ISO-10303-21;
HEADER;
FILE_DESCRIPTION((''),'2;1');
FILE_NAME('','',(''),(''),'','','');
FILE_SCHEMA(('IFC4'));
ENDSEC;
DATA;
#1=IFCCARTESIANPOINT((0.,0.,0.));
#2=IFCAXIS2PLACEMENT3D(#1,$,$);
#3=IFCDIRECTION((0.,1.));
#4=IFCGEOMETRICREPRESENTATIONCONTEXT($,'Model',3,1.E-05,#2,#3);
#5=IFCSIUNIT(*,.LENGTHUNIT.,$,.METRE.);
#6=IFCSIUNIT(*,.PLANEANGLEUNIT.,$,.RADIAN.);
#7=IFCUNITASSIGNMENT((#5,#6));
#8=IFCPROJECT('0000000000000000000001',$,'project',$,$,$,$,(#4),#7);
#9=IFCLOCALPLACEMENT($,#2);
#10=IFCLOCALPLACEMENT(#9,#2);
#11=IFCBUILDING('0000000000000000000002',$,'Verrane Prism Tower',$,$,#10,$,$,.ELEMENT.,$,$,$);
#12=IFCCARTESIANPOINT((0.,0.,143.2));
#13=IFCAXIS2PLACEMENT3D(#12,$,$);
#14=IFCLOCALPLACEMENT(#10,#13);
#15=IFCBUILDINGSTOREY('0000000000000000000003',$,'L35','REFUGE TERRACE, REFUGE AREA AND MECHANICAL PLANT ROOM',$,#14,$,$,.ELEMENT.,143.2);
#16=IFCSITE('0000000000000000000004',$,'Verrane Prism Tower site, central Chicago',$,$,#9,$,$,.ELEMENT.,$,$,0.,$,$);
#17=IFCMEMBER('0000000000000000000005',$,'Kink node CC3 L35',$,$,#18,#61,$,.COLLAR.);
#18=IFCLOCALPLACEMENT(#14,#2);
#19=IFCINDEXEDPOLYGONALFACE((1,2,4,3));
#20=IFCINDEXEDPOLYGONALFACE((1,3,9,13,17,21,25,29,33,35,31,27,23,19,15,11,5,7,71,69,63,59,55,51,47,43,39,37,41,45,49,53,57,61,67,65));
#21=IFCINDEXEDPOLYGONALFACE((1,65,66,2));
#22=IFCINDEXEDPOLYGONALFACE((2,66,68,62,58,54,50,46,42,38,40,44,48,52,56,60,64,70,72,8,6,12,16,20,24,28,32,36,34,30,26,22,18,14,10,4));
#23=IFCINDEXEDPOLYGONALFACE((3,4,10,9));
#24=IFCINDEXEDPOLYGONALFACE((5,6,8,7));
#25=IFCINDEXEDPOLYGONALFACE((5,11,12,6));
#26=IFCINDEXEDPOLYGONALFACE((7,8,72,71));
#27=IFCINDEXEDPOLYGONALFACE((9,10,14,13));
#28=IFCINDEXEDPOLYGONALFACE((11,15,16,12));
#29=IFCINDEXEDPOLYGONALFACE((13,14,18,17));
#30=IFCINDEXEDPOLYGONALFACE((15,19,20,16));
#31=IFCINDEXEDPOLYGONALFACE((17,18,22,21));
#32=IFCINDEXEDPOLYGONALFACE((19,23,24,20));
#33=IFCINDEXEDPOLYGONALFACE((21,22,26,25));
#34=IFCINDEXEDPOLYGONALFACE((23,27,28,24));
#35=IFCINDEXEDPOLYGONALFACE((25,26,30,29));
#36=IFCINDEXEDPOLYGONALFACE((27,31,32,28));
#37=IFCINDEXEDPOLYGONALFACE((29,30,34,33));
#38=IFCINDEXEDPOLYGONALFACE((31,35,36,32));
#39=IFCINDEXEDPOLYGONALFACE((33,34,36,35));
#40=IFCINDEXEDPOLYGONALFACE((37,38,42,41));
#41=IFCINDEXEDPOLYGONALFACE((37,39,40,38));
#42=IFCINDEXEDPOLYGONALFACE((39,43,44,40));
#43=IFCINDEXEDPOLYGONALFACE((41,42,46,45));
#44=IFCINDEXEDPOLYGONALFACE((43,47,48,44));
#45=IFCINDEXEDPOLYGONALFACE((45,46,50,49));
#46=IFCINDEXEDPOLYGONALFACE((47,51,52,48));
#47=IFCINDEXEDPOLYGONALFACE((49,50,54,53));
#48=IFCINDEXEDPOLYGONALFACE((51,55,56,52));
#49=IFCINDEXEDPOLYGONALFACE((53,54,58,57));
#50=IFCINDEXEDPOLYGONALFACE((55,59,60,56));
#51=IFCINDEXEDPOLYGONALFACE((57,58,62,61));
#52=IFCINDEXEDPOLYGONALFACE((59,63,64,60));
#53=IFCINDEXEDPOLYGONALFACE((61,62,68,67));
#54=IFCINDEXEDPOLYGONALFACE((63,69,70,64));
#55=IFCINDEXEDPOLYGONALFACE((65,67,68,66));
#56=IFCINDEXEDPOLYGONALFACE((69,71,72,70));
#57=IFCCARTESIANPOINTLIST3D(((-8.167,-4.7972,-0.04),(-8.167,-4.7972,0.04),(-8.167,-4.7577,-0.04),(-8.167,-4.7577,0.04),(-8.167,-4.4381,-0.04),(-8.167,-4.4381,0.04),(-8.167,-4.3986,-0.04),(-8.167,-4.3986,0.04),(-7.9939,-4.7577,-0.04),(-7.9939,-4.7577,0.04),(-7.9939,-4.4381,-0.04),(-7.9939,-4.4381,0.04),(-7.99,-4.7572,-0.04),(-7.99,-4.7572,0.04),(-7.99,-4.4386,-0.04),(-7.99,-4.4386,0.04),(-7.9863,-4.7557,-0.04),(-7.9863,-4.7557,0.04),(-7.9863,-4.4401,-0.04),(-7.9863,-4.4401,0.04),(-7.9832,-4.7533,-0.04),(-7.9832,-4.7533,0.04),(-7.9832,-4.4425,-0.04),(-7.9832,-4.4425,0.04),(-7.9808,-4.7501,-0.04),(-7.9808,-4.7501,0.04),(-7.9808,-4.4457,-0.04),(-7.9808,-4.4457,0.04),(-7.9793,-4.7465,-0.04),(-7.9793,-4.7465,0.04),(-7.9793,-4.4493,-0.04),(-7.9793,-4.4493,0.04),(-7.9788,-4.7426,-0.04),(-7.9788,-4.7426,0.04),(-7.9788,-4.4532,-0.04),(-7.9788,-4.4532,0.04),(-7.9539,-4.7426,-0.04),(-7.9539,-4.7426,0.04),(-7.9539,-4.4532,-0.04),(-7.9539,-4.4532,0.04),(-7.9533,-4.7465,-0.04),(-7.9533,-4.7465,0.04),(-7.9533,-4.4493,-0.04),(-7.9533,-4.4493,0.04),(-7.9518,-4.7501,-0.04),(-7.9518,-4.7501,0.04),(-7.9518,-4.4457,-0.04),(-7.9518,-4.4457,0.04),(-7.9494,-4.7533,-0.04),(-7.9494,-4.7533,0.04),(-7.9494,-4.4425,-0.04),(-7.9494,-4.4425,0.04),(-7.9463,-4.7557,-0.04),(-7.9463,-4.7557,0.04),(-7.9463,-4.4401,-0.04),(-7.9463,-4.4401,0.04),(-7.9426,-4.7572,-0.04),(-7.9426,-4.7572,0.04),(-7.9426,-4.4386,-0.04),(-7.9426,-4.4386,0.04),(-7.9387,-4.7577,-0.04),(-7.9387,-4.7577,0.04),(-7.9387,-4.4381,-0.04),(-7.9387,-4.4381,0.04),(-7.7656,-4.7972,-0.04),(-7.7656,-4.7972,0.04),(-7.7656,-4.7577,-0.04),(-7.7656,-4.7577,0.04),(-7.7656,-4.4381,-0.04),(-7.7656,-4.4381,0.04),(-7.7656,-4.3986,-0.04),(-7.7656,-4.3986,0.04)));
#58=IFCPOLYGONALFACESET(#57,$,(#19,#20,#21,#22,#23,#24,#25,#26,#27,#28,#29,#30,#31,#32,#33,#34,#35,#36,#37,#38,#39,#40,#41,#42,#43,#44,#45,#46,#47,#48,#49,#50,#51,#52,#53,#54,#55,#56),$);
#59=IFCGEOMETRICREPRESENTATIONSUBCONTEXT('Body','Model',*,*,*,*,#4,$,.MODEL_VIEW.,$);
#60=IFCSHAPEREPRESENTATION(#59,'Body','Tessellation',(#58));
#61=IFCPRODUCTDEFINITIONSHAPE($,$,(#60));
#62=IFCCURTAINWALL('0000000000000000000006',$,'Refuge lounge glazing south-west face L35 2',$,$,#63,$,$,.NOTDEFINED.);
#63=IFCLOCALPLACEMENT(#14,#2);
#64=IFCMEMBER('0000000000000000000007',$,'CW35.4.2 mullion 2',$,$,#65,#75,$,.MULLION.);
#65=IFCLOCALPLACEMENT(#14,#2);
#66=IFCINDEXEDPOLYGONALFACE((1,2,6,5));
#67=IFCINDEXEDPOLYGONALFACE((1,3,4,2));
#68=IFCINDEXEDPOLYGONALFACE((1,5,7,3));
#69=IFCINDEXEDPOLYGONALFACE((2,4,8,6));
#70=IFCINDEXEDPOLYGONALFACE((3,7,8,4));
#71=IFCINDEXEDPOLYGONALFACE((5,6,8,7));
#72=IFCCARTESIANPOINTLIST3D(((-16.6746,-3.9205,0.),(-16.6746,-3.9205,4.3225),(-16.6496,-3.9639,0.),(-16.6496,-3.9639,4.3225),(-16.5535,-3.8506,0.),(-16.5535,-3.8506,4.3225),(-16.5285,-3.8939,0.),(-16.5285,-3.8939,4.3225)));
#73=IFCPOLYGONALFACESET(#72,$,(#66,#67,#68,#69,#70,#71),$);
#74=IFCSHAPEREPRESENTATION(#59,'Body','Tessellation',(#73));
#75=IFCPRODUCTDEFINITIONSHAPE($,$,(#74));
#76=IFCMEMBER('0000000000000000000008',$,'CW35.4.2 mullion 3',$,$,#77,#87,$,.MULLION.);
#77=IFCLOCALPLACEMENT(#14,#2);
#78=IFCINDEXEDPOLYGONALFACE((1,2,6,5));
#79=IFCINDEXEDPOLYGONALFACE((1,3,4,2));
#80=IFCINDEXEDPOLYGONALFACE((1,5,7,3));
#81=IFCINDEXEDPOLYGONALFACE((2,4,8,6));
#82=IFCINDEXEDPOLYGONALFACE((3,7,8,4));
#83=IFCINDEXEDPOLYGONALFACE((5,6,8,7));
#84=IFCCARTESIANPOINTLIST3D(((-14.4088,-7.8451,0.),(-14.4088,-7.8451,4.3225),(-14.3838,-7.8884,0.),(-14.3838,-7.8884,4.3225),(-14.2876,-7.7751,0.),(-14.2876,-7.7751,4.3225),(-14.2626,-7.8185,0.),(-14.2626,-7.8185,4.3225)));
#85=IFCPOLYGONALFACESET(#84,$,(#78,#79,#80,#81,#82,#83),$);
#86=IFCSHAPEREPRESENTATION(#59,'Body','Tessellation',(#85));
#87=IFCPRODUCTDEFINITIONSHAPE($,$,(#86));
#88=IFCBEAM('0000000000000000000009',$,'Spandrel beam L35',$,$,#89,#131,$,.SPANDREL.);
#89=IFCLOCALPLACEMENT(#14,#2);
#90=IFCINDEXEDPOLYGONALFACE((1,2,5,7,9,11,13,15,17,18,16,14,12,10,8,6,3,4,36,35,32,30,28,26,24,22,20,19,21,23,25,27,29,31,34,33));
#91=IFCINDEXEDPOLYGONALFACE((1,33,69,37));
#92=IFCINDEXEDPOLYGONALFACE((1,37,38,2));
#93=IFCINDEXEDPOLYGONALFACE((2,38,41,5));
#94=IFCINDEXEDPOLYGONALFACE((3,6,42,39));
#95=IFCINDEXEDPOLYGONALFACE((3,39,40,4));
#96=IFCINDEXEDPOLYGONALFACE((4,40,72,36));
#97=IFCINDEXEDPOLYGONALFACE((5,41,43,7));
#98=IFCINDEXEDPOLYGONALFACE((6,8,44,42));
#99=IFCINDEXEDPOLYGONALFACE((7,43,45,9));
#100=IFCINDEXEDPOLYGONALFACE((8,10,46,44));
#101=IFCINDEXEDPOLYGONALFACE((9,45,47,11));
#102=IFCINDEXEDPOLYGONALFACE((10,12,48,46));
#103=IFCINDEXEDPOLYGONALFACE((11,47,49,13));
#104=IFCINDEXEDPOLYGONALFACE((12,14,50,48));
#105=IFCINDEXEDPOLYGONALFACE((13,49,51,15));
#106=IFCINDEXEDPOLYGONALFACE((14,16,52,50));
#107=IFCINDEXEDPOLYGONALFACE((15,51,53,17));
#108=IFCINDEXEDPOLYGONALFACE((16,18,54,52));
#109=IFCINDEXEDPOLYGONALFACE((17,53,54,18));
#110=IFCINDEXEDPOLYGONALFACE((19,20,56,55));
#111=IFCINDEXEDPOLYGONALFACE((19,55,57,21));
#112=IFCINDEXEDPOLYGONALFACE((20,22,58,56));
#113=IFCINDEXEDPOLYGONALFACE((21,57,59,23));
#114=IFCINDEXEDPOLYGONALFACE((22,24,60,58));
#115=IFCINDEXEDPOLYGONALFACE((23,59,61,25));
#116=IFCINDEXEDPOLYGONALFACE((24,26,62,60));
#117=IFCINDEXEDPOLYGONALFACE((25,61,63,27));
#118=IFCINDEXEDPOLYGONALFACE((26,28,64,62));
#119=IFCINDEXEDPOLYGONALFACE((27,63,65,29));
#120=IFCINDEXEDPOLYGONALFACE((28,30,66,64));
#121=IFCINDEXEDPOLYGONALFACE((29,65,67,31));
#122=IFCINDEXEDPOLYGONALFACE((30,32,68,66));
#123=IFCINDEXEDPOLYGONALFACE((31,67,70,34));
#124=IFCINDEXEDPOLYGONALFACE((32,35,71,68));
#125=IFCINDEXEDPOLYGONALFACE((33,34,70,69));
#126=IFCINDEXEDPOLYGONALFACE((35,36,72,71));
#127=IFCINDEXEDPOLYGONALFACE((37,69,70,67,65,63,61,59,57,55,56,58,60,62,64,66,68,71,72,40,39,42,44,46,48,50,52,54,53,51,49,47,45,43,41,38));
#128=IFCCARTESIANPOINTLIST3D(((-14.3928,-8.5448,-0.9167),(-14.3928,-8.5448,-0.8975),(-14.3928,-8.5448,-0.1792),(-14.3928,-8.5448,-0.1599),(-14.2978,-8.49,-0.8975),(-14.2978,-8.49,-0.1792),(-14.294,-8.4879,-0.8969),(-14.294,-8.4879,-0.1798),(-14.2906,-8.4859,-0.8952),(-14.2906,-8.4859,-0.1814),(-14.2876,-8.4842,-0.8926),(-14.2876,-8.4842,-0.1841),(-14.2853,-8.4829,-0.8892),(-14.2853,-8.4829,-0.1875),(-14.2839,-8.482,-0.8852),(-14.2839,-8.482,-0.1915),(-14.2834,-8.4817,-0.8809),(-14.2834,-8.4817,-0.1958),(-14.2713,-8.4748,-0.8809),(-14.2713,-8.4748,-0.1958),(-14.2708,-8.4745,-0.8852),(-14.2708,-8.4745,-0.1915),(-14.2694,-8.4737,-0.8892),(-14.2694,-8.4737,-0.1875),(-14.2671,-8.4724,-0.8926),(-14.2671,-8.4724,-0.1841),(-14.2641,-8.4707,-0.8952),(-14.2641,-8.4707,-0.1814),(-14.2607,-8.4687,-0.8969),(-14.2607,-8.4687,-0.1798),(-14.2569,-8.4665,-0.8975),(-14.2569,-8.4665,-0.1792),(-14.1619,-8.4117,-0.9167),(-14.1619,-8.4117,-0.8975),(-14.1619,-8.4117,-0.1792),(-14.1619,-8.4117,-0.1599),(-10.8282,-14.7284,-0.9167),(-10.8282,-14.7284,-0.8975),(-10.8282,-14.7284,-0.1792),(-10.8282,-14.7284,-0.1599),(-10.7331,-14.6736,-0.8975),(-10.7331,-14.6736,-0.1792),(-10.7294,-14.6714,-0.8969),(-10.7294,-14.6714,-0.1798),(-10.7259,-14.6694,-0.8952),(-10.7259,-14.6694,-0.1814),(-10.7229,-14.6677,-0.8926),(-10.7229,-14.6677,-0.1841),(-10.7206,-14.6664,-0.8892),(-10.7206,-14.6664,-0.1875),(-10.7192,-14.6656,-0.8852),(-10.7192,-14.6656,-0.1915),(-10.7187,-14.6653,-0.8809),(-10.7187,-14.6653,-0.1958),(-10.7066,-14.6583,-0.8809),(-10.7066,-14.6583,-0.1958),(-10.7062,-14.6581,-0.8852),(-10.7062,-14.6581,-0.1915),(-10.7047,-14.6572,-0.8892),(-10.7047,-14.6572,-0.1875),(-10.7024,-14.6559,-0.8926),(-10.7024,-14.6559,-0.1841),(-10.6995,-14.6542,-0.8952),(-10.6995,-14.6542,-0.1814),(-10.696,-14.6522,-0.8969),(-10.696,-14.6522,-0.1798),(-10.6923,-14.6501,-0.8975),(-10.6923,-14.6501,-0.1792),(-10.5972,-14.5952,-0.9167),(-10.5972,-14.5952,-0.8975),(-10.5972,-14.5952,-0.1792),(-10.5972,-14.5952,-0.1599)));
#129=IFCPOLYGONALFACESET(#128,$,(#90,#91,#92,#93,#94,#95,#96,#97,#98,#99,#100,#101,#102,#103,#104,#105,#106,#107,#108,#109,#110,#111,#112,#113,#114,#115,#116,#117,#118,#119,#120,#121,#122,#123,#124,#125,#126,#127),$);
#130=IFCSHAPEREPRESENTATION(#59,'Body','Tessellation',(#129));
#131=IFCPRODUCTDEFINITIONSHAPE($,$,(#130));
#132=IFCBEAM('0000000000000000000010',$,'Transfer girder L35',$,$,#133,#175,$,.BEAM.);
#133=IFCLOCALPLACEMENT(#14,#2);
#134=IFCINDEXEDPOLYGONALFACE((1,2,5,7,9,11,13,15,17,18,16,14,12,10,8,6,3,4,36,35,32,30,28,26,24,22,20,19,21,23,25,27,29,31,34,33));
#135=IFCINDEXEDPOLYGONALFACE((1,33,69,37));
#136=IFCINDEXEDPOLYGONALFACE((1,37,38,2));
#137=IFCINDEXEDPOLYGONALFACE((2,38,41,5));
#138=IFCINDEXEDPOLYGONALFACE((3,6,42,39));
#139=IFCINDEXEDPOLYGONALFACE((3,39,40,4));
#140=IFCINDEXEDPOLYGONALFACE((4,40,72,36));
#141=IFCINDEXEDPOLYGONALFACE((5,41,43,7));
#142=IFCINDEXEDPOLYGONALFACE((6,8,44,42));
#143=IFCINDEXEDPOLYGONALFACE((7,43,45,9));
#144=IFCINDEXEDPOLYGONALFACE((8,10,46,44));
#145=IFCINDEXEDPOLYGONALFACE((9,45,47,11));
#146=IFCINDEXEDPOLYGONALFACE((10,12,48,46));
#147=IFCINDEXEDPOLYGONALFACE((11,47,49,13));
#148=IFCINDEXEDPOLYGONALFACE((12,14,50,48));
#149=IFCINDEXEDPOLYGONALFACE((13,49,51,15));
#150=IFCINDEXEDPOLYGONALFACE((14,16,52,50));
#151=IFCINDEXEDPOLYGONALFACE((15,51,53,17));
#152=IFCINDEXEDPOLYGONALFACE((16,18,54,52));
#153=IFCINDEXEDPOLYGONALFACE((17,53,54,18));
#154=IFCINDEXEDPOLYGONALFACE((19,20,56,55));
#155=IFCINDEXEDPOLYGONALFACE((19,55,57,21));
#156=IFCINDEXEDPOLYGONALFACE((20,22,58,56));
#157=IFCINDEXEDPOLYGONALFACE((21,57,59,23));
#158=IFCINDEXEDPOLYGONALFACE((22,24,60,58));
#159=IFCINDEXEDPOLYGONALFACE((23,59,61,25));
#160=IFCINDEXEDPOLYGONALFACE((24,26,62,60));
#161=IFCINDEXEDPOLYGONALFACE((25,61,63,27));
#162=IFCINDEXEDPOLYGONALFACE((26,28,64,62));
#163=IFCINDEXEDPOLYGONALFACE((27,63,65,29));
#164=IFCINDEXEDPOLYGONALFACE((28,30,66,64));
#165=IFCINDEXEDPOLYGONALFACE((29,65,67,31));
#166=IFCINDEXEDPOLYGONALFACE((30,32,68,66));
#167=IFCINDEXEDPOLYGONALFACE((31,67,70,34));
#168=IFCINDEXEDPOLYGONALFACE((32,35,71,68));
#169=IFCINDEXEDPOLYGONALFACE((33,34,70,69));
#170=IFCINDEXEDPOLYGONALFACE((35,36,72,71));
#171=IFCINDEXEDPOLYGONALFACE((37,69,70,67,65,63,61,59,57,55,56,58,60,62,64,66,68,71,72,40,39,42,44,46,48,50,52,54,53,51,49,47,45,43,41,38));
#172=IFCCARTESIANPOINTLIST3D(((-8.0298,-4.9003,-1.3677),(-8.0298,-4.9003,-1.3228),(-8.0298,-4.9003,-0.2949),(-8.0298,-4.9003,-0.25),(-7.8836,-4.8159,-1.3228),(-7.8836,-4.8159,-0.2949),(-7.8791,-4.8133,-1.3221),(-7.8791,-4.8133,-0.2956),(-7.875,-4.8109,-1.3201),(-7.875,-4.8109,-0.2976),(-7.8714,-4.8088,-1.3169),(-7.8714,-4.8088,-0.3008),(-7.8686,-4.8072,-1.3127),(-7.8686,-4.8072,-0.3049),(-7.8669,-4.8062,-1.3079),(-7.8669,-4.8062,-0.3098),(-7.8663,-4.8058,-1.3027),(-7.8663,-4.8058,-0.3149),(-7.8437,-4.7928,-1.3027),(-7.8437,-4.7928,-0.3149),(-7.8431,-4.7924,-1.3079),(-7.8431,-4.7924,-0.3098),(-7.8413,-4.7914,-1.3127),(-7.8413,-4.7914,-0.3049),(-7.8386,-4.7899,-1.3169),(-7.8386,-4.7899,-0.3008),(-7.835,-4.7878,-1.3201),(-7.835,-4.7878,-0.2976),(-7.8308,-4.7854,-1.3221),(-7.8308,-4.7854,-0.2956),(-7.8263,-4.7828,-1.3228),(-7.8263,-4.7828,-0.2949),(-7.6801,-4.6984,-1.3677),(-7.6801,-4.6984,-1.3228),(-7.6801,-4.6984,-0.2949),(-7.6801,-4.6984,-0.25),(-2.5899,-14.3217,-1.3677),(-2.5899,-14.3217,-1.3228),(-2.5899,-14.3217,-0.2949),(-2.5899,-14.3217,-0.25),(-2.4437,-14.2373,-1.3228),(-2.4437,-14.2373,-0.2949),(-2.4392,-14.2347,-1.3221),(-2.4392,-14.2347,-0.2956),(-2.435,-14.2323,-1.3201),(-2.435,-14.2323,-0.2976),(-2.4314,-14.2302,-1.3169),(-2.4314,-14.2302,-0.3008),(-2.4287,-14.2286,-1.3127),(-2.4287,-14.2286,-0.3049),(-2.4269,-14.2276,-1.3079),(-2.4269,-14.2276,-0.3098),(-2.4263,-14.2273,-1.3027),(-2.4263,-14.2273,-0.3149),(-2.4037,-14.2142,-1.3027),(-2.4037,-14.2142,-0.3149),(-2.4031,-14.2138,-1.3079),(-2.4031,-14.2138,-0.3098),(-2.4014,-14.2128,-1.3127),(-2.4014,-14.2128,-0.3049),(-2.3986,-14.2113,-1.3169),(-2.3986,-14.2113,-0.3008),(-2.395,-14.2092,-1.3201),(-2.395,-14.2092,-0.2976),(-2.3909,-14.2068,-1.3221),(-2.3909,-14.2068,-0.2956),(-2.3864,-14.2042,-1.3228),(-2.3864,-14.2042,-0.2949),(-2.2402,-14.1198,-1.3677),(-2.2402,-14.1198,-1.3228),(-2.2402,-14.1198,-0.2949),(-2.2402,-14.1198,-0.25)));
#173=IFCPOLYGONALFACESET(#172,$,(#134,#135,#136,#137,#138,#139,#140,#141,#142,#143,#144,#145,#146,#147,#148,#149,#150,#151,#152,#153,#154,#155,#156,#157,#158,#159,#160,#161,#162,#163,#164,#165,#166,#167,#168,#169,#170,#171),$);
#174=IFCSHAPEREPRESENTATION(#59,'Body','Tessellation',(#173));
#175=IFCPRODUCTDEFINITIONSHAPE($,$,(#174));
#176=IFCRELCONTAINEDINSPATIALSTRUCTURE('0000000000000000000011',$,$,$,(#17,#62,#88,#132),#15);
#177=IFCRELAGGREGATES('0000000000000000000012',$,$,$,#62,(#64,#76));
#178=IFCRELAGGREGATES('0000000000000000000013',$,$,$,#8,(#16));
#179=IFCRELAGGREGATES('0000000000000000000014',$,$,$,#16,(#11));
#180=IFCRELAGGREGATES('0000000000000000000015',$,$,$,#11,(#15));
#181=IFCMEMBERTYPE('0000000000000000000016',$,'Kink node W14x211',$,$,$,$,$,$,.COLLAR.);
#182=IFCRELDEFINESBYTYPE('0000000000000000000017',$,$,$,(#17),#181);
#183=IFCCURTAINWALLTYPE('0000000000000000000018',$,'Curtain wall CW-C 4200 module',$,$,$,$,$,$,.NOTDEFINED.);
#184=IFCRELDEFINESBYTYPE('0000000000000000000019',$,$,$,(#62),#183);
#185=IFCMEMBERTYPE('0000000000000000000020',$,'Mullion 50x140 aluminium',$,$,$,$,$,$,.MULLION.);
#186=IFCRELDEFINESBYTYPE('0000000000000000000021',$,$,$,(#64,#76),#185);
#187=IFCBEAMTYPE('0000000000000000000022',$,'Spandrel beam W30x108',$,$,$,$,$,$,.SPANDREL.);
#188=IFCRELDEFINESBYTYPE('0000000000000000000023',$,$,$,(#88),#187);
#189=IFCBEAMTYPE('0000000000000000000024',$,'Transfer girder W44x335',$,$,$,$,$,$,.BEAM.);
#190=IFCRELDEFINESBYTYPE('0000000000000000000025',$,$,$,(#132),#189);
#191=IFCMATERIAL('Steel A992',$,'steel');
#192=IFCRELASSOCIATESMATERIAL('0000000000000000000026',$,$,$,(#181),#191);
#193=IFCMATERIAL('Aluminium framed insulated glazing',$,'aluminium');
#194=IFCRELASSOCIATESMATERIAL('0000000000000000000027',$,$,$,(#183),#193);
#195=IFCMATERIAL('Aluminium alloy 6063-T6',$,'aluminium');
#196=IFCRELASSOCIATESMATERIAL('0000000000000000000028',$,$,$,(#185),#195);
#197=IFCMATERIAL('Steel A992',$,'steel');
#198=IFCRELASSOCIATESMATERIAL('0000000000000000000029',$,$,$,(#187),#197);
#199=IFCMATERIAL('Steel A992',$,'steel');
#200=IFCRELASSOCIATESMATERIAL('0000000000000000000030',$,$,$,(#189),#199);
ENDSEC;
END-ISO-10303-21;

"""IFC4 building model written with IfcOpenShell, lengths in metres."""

from ifc_helpers import new_model, si_unit, direction, frame, origin, origin_2d, place, context, subcontext, project, spatial, rectangle, i_section, extrude, material, material_profile, profile_set, type_object, element, aggregate, save


model = new_model("IFC4")

# Units and contexts
model_context = context("Model", 3, precision=1e-05, world=origin(), true_north=direction((0.0, 1.0)))
body_context = subcontext(model_context, "Body", "Model", "MODEL_VIEW")
ifc_project = project(units=[si_unit("LENGTHUNIT", "METRE"), si_unit("PLANEANGLEUNIT", "RADIAN")], contexts=[model_context])

# Site, building, storey
site_placement = place(None, origin())
site = spatial("IfcSite", under=ifc_project, at=site_placement, Name="Verrane Prism Tower site, central Chicago", CompositionType="ELEMENT", RefElevation=0.0)
building_placement = place(site_placement, origin())
building = spatial("IfcBuilding", under=site, at=building_placement, Name="Verrane Prism Tower", CompositionType="ELEMENT")
storey_placement = place(building_placement, frame((0.0, 0.0, 143.2)))
storey = spatial("IfcBuildingStorey", under=building, at=storey_placement, Name="L35", Description="REFUGE TERRACE, REFUGE AREA AND MECHANICAL PLANT ROOM", CompositionType="ELEMENT", Elevation=143.2)

# Member
ifc_material_1 = material(Name="Steel A992", Category="steel")
ifc_material_profile_1 = material_profile(ifc_material_1, i_section(OverallWidth=0.4014, OverallDepth=0.3987, WebThickness=0.0249, FlangeThickness=0.0396, FilletRadius=0.0151, at=origin_2d()), Name="W14x211")
ifc_profile_set_1 = profile_set([ifc_material_profile_1], Name="Steel A992")
member_type_1 = type_object("IfcMemberType", Name="Kink node W14x211", PredefinedType="COLLAR", material=ifc_profile_set_1)
member_1_placement = place(storey_placement, frame((-7.9663, -4.5979, -0.04), z_axis=(0.0, 0.0, 1.0), x_axis=(1.0, 0.0, 0.0)))
element("IfcMember", 1, at=member_1_placement, inside=storey, type_object=member_type_1, Name="Kink node CC3 L35", PredefinedType="COLLAR", context=body_context, shape_type="SweptSolid", body=[
    extrude(i_section(OverallWidth=0.4014, OverallDepth=0.3987, WebThickness=0.0249, FlangeThickness=0.0396, FilletRadius=0.0151, at=origin_2d()), origin(), (0.0, 0.0, 1.0), 0.0801),
])

# Curtain wall, members
ifc_material_2 = material(Name="Aluminium framed insulated glazing", Category="aluminium")
curtain_wall_type = type_object("IfcCurtainWallType", Name="Curtain wall CW-C 4200 module", PredefinedType="NOTDEFINED", material=ifc_material_2)
curtain_wall_placement = place(storey_placement, origin())
curtain_wall = element("IfcCurtainWall", 2, at=curtain_wall_placement, inside=storey, type_object=curtain_wall_type, Name="Refuge lounge glazing south-west face L35 2", PredefinedType="NOTDEFINED")
ifc_material_3 = material(Name="Aluminium alloy 6063-T6", Category="aluminium")
ifc_material_profile_2 = material_profile(ifc_material_3, rectangle(XDim=0.1399, YDim=0.05, at=origin_2d()), Name="Mullion 50x140 aluminium")
ifc_profile_set_2 = profile_set([ifc_material_profile_2], Name="Aluminium alloy 6063-T6")
member_type_2 = type_object("IfcMemberType", Name="Mullion 50x140 aluminium", PredefinedType="MULLION", material=ifc_profile_set_2)
member_2_placement = place(storey_placement, frame((-16.6016, -3.9072, 0.0), z_axis=(0.0, 0.0, 1.0), x_axis=(0.866023, 0.500004, 0.0)))
member_2 = element("IfcMember", 3, at=member_2_placement, type_object=member_type_2, Name="CW35.4.2 mullion 2", PredefinedType="MULLION", context=body_context, shape_type="SweptSolid", body=[
    extrude(rectangle(XDim=0.1399, YDim=0.05, at=origin_2d()), origin(), (0.0, 0.0, 1.0), 4.3225),
])
member_3_placement = place(storey_placement, frame((-14.3357, -7.8318, 0.0), z_axis=(0.0, 0.0, 1.0), x_axis=(0.866023, 0.500004, 0.0)))
member_3 = element("IfcMember", 4, at=member_3_placement, type_object=member_type_2, Name="CW35.4.2 mullion 3", PredefinedType="MULLION", context=body_context, shape_type="SweptSolid", body=[
    extrude(rectangle(XDim=0.1399, YDim=0.05, at=origin_2d()), origin(), (0.0, 0.0, 1.0), 4.3225),
])

# Beams
ifc_material_4 = material(Name="Steel A992", Category="steel")
ifc_material_profile_3 = material_profile(ifc_material_4, i_section(OverallWidth=0.2666, OverallDepth=0.7568, WebThickness=0.0139, FlangeThickness=0.0193, FilletRadius=0.0166, at=origin_2d()), Name="W30x108")
ifc_profile_set_3 = profile_set([ifc_material_profile_3], Name="Steel A992")
beam_type_1 = type_object("IfcBeamType", Name="Spandrel beam W30x108", PredefinedType="SPANDREL", material=ifc_profile_set_3)
beam_1_placement = place(storey_placement, frame((-14.2773, -8.4783, -0.5383), z_axis=(0.499432, -0.866353, 0.0), x_axis=(0.866353, 0.499432, 0.0)))
element("IfcBeam", 5, at=beam_1_placement, inside=storey, type_object=beam_type_1, Name="Spandrel beam L35", PredefinedType="SPANDREL", context=body_context, shape_type="SweptSolid", body=[
    extrude(i_section(OverallWidth=0.2666, OverallDepth=0.7568, WebThickness=0.0139, FlangeThickness=0.0193, FilletRadius=0.0166, at=origin_2d()), origin(), (0.0, 0.0, 1.0), 7.1375),
])
ifc_material_5 = material(Name="Steel A992", Category="steel")
ifc_material_profile_4 = material_profile(ifc_material_5, i_section(OverallWidth=0.4038, OverallDepth=1.1177, WebThickness=0.0261, FlangeThickness=0.0449, FilletRadius=0.02, at=origin_2d()), Name="W44x335")
ifc_profile_set_4 = profile_set([ifc_material_profile_4], Name="Steel A992")
beam_type_2 = type_object("IfcBeamType", Name="Transfer girder W44x335", PredefinedType="BEAM", material=ifc_profile_set_4)
beam_2_placement = place(storey_placement, frame((-7.855, -4.7993, -0.8088), z_axis=(0.500035, -0.866005, 0.0), x_axis=(0.866005, 0.500035, 0.0)))
element("IfcBeam", 6, at=beam_2_placement, inside=storey, type_object=beam_type_2, Name="Transfer girder L35", PredefinedType="BEAM", context=body_context, shape_type="SweptSolid", body=[
    extrude(i_section(OverallWidth=0.4038, OverallDepth=1.1177, WebThickness=0.0261, FlangeThickness=0.0449, FilletRadius=0.02, at=origin_2d()), origin(), (0.0, 0.0, 1.0), 10.8792),
])

aggregate(curtain_wall, [member_2, member_3])

save(model, "model.ifc")
